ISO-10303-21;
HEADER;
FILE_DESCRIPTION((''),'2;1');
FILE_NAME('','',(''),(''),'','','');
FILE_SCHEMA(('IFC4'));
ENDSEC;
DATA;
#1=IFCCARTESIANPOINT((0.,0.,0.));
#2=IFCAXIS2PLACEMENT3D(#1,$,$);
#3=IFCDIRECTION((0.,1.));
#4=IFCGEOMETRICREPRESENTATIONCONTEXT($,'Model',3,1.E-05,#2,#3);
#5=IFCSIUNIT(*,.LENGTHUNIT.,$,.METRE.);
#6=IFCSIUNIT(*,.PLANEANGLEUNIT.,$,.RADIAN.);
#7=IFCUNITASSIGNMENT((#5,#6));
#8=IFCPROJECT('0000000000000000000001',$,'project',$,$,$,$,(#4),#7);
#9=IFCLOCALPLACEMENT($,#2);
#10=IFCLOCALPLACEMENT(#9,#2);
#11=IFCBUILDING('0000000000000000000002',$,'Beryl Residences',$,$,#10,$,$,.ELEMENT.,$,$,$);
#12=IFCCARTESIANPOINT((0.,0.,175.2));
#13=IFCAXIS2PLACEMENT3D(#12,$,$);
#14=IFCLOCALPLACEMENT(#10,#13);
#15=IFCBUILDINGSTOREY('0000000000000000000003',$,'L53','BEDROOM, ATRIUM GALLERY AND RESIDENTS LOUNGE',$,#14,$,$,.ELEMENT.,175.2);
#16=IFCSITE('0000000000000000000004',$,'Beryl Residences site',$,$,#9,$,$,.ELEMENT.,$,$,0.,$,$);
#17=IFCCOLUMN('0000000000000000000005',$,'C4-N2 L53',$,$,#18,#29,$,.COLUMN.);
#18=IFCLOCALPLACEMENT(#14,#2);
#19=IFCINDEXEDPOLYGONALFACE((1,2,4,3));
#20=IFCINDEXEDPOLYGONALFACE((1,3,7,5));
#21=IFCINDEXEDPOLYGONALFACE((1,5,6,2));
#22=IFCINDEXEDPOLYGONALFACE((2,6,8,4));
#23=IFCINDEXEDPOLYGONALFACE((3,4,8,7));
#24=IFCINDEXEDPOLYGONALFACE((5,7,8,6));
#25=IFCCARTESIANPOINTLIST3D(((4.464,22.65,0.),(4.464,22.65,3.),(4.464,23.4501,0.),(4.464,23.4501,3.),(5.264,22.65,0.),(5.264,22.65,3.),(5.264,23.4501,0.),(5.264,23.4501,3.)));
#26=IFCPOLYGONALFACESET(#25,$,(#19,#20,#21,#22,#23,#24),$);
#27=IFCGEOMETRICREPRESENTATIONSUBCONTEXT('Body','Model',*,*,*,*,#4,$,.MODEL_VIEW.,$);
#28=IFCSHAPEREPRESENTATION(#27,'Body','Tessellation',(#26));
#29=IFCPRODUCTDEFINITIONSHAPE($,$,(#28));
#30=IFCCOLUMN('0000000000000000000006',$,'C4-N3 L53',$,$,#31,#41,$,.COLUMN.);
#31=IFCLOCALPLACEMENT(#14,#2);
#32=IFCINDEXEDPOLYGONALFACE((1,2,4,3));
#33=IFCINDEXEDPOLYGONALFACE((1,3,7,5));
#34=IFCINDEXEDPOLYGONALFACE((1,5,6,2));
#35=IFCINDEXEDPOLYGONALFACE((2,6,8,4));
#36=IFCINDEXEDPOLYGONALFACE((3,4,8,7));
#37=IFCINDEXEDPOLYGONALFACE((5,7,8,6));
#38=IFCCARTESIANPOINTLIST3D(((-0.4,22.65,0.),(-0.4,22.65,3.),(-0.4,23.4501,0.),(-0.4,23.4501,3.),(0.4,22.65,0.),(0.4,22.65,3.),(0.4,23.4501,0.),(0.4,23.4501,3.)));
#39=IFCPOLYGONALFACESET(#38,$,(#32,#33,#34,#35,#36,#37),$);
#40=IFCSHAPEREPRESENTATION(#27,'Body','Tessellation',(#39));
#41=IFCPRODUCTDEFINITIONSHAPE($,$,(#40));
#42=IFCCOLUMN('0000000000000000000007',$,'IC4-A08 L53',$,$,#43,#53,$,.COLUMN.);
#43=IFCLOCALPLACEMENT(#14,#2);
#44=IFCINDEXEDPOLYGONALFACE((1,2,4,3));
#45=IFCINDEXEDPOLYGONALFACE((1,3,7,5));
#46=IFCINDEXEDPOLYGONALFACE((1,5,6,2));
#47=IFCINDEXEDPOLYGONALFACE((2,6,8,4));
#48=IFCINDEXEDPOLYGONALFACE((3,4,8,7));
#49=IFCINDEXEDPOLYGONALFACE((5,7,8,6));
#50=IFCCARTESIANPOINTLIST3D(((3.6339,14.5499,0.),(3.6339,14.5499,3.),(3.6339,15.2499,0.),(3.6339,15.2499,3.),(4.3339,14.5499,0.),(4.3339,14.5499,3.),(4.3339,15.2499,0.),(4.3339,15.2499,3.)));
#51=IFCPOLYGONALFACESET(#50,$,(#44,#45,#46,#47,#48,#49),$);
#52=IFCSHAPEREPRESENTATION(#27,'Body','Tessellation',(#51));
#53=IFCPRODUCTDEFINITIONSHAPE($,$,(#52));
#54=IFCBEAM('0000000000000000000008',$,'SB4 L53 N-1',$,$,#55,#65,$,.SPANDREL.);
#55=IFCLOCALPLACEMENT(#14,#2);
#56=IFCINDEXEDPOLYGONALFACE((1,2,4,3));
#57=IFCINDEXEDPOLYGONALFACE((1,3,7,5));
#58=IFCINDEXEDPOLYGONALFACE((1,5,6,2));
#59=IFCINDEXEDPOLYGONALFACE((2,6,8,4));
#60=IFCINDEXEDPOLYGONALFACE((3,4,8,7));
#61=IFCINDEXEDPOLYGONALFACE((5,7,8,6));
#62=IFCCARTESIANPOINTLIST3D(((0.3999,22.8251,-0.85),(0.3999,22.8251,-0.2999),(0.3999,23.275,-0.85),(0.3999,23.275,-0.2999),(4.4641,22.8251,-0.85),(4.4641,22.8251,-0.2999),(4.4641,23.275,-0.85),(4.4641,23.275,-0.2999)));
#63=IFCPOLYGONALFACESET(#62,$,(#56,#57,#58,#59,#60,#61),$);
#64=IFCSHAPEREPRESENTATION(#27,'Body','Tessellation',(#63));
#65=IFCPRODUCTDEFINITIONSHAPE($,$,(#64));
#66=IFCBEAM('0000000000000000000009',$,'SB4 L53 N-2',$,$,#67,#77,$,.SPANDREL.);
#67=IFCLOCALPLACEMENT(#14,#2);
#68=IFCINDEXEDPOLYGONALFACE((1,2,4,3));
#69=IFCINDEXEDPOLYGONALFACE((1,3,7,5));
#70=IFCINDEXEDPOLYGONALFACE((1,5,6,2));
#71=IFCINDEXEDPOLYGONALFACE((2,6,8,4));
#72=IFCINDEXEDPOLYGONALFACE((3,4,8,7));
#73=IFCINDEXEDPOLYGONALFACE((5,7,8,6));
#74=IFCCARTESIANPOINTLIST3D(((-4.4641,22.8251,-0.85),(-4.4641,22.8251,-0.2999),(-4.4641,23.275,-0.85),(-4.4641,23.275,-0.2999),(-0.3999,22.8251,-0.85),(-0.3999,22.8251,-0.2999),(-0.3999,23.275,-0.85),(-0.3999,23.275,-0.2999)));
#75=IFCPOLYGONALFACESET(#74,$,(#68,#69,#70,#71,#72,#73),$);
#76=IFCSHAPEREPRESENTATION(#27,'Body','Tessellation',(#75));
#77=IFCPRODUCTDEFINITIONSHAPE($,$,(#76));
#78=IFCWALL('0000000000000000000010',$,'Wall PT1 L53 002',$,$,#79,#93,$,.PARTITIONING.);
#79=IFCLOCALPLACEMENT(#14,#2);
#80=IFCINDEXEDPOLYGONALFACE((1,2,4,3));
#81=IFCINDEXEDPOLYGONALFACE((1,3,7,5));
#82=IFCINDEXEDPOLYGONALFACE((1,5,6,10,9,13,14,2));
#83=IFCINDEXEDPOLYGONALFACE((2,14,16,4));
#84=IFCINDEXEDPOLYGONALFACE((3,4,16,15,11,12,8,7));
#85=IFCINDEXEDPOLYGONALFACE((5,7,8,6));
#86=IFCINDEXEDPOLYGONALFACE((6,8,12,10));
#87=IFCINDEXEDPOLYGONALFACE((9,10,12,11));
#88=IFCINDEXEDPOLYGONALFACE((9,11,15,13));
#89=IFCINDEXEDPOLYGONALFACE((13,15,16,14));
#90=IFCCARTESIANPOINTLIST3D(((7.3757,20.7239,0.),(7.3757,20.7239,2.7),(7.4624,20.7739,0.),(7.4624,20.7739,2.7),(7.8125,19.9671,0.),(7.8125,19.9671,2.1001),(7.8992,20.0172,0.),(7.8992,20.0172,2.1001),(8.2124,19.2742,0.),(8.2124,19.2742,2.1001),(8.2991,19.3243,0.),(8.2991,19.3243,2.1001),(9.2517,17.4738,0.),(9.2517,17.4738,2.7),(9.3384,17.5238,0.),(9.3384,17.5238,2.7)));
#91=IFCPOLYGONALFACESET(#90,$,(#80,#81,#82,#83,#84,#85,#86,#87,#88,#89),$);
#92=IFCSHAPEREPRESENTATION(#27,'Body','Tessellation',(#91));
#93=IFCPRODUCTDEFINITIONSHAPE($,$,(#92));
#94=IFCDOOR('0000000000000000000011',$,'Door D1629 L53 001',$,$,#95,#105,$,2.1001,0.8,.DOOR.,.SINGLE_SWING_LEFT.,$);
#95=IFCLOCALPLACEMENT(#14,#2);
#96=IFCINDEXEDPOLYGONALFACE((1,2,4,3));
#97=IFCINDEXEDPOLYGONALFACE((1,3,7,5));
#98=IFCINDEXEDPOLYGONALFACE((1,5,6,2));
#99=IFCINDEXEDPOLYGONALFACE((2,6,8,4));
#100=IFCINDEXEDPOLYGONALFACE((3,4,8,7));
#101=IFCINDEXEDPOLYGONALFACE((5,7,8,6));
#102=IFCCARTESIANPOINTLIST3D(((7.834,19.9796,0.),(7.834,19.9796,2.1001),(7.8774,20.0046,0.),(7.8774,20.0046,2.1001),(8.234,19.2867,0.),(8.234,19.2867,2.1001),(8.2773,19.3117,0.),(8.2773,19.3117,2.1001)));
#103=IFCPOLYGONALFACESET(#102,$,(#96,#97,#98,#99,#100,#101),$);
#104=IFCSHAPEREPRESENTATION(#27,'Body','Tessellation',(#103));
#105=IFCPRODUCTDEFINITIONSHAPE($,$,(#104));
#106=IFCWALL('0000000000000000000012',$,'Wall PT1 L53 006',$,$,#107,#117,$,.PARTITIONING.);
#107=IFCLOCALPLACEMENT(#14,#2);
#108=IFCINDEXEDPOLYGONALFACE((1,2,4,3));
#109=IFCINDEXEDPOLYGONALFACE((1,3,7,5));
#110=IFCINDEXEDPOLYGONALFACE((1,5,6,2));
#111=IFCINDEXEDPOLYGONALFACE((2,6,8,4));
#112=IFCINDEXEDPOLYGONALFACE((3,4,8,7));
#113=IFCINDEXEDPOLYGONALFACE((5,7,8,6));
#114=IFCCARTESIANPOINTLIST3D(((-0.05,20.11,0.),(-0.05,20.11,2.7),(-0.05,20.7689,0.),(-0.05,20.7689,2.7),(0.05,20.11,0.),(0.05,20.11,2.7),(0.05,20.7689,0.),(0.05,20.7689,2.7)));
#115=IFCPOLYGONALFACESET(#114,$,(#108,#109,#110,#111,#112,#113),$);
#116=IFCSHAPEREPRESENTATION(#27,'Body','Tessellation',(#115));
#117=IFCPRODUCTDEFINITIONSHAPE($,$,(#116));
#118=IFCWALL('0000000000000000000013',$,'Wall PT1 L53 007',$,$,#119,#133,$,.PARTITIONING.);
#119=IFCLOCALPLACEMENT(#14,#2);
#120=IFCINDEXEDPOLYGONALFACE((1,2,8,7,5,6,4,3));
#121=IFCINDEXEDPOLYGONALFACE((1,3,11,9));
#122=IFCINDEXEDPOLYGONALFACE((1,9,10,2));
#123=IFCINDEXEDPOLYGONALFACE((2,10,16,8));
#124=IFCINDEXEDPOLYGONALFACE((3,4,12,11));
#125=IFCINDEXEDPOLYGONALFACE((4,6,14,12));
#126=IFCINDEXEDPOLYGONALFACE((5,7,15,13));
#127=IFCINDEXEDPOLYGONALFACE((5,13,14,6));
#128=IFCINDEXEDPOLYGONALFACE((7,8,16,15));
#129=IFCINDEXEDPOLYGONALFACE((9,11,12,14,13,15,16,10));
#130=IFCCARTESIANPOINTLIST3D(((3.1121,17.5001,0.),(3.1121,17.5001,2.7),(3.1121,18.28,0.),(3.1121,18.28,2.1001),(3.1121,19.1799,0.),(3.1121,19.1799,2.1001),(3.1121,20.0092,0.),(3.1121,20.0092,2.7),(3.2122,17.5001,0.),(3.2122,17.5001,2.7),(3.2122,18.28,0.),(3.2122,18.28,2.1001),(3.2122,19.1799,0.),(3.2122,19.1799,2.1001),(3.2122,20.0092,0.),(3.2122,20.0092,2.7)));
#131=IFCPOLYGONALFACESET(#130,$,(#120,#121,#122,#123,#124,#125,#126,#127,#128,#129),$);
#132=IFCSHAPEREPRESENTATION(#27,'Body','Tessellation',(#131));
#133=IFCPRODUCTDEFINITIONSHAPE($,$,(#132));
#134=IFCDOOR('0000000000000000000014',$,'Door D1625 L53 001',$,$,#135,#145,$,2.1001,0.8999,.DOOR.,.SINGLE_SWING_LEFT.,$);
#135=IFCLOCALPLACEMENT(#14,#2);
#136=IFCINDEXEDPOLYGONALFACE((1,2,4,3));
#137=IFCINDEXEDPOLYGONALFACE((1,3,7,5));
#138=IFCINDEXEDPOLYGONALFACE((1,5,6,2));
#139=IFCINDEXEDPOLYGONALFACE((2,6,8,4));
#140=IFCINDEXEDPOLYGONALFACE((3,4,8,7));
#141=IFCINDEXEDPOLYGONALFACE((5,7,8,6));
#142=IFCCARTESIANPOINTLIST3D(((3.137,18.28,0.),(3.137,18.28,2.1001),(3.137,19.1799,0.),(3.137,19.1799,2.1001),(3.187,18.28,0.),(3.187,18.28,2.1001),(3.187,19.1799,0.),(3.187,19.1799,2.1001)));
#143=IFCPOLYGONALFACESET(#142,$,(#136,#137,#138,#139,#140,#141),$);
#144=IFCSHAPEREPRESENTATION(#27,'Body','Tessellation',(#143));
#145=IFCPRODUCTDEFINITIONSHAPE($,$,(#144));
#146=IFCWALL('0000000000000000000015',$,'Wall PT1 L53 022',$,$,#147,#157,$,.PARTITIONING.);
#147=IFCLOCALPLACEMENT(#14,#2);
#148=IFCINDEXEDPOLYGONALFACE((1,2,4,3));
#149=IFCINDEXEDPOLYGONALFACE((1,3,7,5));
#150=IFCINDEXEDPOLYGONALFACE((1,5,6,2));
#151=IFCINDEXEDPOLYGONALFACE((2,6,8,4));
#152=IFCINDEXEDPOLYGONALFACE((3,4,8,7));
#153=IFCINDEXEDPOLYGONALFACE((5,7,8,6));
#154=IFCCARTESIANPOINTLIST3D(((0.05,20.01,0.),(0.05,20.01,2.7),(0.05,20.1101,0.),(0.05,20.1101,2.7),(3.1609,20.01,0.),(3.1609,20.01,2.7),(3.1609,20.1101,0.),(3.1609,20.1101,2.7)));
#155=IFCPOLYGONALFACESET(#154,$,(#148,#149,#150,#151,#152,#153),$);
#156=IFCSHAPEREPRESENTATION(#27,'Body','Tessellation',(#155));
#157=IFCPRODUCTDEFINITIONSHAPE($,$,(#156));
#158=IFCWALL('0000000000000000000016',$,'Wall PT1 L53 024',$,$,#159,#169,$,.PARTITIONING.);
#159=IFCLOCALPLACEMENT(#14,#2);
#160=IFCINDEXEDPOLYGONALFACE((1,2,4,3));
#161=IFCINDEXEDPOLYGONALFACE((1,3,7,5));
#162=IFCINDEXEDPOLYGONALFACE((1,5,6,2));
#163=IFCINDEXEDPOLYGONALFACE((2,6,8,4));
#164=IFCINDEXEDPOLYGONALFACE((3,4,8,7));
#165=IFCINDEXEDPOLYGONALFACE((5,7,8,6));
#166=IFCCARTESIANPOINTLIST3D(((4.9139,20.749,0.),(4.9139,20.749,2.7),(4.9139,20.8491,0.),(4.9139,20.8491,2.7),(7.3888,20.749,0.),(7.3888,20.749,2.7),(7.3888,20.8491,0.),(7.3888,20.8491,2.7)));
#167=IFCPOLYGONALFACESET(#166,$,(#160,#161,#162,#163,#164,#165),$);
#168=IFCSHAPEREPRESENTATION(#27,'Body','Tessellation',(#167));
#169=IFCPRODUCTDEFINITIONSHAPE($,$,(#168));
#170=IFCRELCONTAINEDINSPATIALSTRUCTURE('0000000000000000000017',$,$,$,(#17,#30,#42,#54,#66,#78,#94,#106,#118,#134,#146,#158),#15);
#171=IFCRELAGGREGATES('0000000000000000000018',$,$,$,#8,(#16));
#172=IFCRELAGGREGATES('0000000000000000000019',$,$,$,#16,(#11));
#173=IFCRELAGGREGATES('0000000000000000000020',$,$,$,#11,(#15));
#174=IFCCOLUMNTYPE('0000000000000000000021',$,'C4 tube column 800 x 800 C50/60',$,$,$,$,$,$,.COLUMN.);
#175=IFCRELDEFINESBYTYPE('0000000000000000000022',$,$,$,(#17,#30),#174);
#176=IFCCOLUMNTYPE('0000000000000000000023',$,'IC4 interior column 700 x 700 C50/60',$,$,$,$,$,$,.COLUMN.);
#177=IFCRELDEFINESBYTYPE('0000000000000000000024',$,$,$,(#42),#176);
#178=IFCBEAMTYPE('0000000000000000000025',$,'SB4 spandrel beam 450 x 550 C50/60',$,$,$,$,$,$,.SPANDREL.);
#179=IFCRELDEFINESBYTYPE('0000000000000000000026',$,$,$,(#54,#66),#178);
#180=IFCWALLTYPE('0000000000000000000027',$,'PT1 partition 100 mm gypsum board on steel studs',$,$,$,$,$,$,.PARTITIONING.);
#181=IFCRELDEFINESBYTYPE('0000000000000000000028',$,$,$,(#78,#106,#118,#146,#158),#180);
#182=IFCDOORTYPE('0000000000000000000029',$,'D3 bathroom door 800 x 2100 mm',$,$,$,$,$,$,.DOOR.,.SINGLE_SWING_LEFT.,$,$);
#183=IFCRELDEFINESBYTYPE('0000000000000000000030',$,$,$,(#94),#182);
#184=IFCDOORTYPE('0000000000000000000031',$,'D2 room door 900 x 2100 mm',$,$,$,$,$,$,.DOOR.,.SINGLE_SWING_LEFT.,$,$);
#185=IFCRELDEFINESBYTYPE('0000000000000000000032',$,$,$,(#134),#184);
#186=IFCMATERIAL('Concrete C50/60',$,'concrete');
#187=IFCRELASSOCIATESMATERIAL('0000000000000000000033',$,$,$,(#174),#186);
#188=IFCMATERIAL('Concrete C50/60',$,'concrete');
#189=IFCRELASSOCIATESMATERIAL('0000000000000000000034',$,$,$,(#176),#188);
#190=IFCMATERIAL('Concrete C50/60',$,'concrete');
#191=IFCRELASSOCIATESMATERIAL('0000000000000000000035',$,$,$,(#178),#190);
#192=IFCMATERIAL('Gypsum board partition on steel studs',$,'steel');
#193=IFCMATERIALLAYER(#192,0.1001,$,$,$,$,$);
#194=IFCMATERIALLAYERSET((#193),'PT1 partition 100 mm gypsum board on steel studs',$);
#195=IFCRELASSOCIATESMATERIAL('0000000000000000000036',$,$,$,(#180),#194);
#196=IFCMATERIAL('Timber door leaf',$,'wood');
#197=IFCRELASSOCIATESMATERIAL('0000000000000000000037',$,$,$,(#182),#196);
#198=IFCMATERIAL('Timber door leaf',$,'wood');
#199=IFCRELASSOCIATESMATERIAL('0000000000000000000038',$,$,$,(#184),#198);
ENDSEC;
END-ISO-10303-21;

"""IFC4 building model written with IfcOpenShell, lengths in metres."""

from ifc_helpers import new_model, si_unit, direction, frame, frame_2d, origin, origin_2d, place, context, subcontext, project, spatial, rectangle, extrude, material, layer, layer_set, material_profile, profile_set, type_object, element, fill, save


model = new_model("IFC4")

# Units and contexts
model_context = context("Model", 3, precision=1e-05, world=origin(), true_north=direction((0.0, 1.0)))
body_context = subcontext(model_context, "Body", "Model", "MODEL_VIEW")
ifc_project = project(units=[si_unit("LENGTHUNIT", "METRE"), si_unit("PLANEANGLEUNIT", "RADIAN")], contexts=[model_context])

# Site, building, storey
site_placement = place(None, origin())
site = spatial("IfcSite", under=ifc_project, at=site_placement, Name="Beryl Residences site", CompositionType="ELEMENT", RefElevation=0.0)
building_placement = place(site_placement, origin())
building = spatial("IfcBuilding", under=site, at=building_placement, Name="Beryl Residences", CompositionType="ELEMENT")
storey_placement = place(building_placement, frame((0.0, 0.0, 175.2)))
storey = spatial("IfcBuildingStorey", under=building, at=storey_placement, Name="L53", Description="BEDROOM, ATRIUM GALLERY AND RESIDENTS LOUNGE", CompositionType="ELEMENT", Elevation=175.2)

# Columns
ifc_material_1 = material(Name="Concrete C50/60", Category="concrete")
ifc_material_profile_1 = material_profile(ifc_material_1, rectangle(XDim=0.8, YDim=0.8, at=origin_2d()))
ifc_profile_set_1 = profile_set([ifc_material_profile_1], Name="Concrete C50/60")
column_type_1 = type_object("IfcColumnType", Name="C4 tube column 800 x 800 C50/60", PredefinedType="COLUMN", material=ifc_profile_set_1)
for number, where, z_axis, x_axis, name in (
    (1, (4.864, 23.05, 0.0), (0.0, 0.0, 1.0), (-1.0, 0.0, 0.0), "C4-N2 L53"),
    (2, (0.0, 23.05, 0.0), (0.0, 0.0, 1.0), (-1.0, 0.0, 0.0), "C4-N3 L53"),
):
    element("IfcColumn", number, at=place(storey_placement, frame(where, z_axis=z_axis, x_axis=x_axis)), inside=storey, type_object=column_type_1, Name=name, PredefinedType="COLUMN", context=body_context, shape_type="SweptSolid", body=[
        extrude(rectangle(XDim=0.8, YDim=0.8, at=origin_2d()), origin(), (0.0, 0.0, 1.0), 3.0),
    ])
ifc_material_2 = material(Name="Concrete C50/60", Category="concrete")
ifc_material_profile_2 = material_profile(ifc_material_2, rectangle(XDim=0.7, YDim=0.7, at=origin_2d()))
ifc_profile_set_2 = profile_set([ifc_material_profile_2], Name="Concrete C50/60")
column_type_2 = type_object("IfcColumnType", Name="IC4 interior column 700 x 700 C50/60", PredefinedType="COLUMN", material=ifc_profile_set_2)
column_placement = place(storey_placement, frame((3.9839, 14.8999, 0.0), z_axis=(0.0, 0.0, 1.0), x_axis=(1.0, 0.0, 0.0)))
element("IfcColumn", 3, at=column_placement, inside=storey, type_object=column_type_2, Name="IC4-A08 L53", PredefinedType="COLUMN", context=body_context, shape_type="SweptSolid", body=[
    extrude(rectangle(XDim=0.7, YDim=0.7, at=origin_2d()), origin(), (0.0, 0.0, 1.0), 3.0),
])

# Beams
ifc_material_3 = material(Name="Concrete C50/60", Category="concrete")
ifc_material_profile_3 = material_profile(ifc_material_3, rectangle(XDim=0.45, YDim=0.55, at=origin_2d()))
ifc_profile_set_3 = profile_set([ifc_material_profile_3], Name="Concrete C50/60")
beam_type = type_object("IfcBeamType", Name="SB4 spandrel beam 450 x 550 C50/60", PredefinedType="SPANDREL", material=ifc_profile_set_3)
for number, where, z_axis, x_axis, name in (
    (4, (4.4641, 23.05, -0.575), (-1.0, 0.0, 0.0), (0.0, -1.0, 0.0), "SB4 L53 N-1"),
    (5, (-0.3999, 23.05, -0.575), (-1.0, 0.0, 0.0), (0.0, -1.0, 0.0), "SB4 L53 N-2"),
):
    element("IfcBeam", number, at=place(storey_placement, frame(where, z_axis=z_axis, x_axis=x_axis)), inside=storey, type_object=beam_type, Name=name, PredefinedType="SPANDREL", context=body_context, shape_type="SweptSolid", body=[
        extrude(rectangle(XDim=0.45, YDim=0.55, at=origin_2d()), origin(), (0.0, 0.0, 1.0), 4.0642),
    ])

# Wall, opening, door
ifc_material_4 = material(Name="Gypsum board partition on steel studs", Category="steel")
ifc_layer_1 = layer(ifc_material_4, 0.1001)
ifc_layer_set_1 = layer_set([ifc_layer_1], Name="PT1 partition 100 mm gypsum board on steel studs")
wall_type_1 = type_object("IfcWallType", Name="PT1 partition 100 mm gypsum board on steel studs", PredefinedType="PARTITIONING", material=ifc_layer_set_1)
wall_1_placement = place(storey_placement, frame((7.4189, 20.749, 0.0), z_axis=(0.0, 0.0, 1.0), x_axis=(0.499918, -0.866073, 0.0)))
wall_1 = element("IfcWall", 6, at=wall_1_placement, inside=storey, type_object=wall_type_1, Name="Wall PT1 L53 002", PredefinedType="PARTITIONING", context=body_context, shape_type="SweptSolid", body=[
    extrude(rectangle(XDim=3.7527, YDim=0.1001, at=frame_2d((1.8765, 0.0))), origin(), (0.0, 0.0, 1.0), 2.7),
])
opening_1_placement = place(wall_1_placement, frame((0.874, 0.0, 0.0)))
opening_1 = element("IfcOpeningElement", 7, at=opening_1_placement, cuts=wall_1, PredefinedType="OPENING", context=body_context, shape_type="SweptSolid", body=[
    extrude(rectangle(XDim=0.8, YDim=2.1001, at=frame_2d((0.3999, 1.05))), frame((0.0, 0.0601, 0.0), z_axis=(0.0, -1.0, 0.0), x_axis=(1.0, 0.0, 0.0)), (0.0, 0.0, 1.0), 0.1201),
])
ifc_material_5 = material(Name="Timber door leaf", Category="wood")
door_type_1 = type_object("IfcDoorType", Name="D3 bathroom door 800 x 2100 mm", OperationType="SINGLE_SWING_LEFT", PredefinedType="DOOR", material=ifc_material_5)
door_1_placement = place(opening_1_placement, origin())
door_1 = element("IfcDoor", 8, at=door_1_placement, inside=storey, type_object=door_type_1, Name="Door D1629 L53 001", OperationType="SINGLE_SWING_LEFT", OverallHeight=2.1001, OverallWidth=0.8, PredefinedType="DOOR", context=body_context, shape_type="SweptSolid", body=[
    extrude(rectangle(XDim=0.8, YDim=2.1001, at=frame_2d((0.3999, 1.05))), frame((0.0, 0.0249, 0.0), z_axis=(0.0, -1.0, 0.0), x_axis=(1.0, 0.0, 0.0)), (0.0, 0.0, 1.0), 0.05),
])
fill(opening_1, door_1)

# Wall
wall_2_placement = place(storey_placement, frame((0.0, 20.769, 0.0), z_axis=(0.0, 0.0, 1.0), x_axis=(0.0, -1.0, 0.0)))
element("IfcWall", 9, at=wall_2_placement, inside=storey, type_object=wall_type_1, Name="Wall PT1 L53 006", PredefinedType="PARTITIONING", context=body_context, shape_type="SweptSolid", body=[
    extrude(rectangle(XDim=0.6589, YDim=0.1001, at=frame_2d((0.3296, 0.0))), origin(), (0.0, 0.0, 1.0), 2.7),
])

# Wall, opening, door
wall_3_placement = place(storey_placement, frame((3.1621, 20.009, 0.0), z_axis=(0.0, 0.0, 1.0), x_axis=(0.0, -1.0, 0.0)))
wall_3 = element("IfcWall", 10, at=wall_3_placement, inside=storey, type_object=wall_type_1, Name="Wall PT1 L53 007", PredefinedType="PARTITIONING", context=body_context, shape_type="SweptSolid", body=[
    extrude(rectangle(XDim=2.509, YDim=0.1001, at=frame_2d((1.2544, 0.0))), origin(), (0.0, 0.0, 1.0), 2.7),
])
opening_2_placement = place(wall_3_placement, frame((0.8291, 0.0, 0.0)))
opening_2 = element("IfcOpeningElement", 11, at=opening_2_placement, cuts=wall_3, PredefinedType="OPENING", context=body_context, shape_type="SweptSolid", body=[
    extrude(rectangle(XDim=0.8999, YDim=2.1001, at=frame_2d((0.45, 1.05))), frame((0.0, 0.0601, 0.0), z_axis=(0.0, -1.0, 0.0), x_axis=(1.0, 0.0, 0.0)), (0.0, 0.0, 1.0), 0.1201),
])
ifc_material_6 = material(Name="Timber door leaf", Category="wood")
door_type_2 = type_object("IfcDoorType", Name="D2 room door 900 x 2100 mm", OperationType="SINGLE_SWING_LEFT", PredefinedType="DOOR", material=ifc_material_6)
door_2_placement = place(opening_2_placement, origin())
door_2 = element("IfcDoor", 12, at=door_2_placement, inside=storey, type_object=door_type_2, Name="Door D1625 L53 001", OperationType="SINGLE_SWING_LEFT", OverallHeight=2.1001, OverallWidth=0.8999, PredefinedType="DOOR", context=body_context, shape_type="SweptSolid", body=[
    extrude(rectangle(XDim=0.8999, YDim=2.1001, at=frame_2d((0.45, 1.05))), frame((0.0, 0.0249, 0.0), z_axis=(0.0, -1.0, 0.0), x_axis=(1.0, 0.0, 0.0)), (0.0, 0.0, 1.0), 0.05),
])
fill(opening_2, door_2)

# Walls
wall_4_placement = place(storey_placement, frame((0.05, 20.0601, 0.0), z_axis=(0.0, 0.0, 1.0), x_axis=(1.0, 0.0, 0.0)))
element("IfcWall", 13, at=wall_4_placement, inside=storey, type_object=wall_type_1, Name="Wall PT1 L53 022", PredefinedType="PARTITIONING", context=body_context, shape_type="SweptSolid", body=[
    extrude(rectangle(XDim=3.1108, YDim=0.1001, at=frame_2d((1.5554, 0.0))), origin(), (0.0, 0.0, 1.0), 2.7),
])
wall_5_placement = place(storey_placement, frame((4.9141, 20.7991, 0.0), z_axis=(0.0, 0.0, 1.0), x_axis=(1.0, 0.0, 0.0)))
element("IfcWall", 14, at=wall_5_placement, inside=storey, type_object=wall_type_1, Name="Wall PT1 L53 024", PredefinedType="PARTITIONING", context=body_context, shape_type="SweptSolid", body=[
    extrude(rectangle(XDim=2.4749, YDim=0.1001, at=frame_2d((1.2373, 0.0))), origin(), (0.0, 0.0, 1.0), 2.7),
])

save(model, "model.ifc")
